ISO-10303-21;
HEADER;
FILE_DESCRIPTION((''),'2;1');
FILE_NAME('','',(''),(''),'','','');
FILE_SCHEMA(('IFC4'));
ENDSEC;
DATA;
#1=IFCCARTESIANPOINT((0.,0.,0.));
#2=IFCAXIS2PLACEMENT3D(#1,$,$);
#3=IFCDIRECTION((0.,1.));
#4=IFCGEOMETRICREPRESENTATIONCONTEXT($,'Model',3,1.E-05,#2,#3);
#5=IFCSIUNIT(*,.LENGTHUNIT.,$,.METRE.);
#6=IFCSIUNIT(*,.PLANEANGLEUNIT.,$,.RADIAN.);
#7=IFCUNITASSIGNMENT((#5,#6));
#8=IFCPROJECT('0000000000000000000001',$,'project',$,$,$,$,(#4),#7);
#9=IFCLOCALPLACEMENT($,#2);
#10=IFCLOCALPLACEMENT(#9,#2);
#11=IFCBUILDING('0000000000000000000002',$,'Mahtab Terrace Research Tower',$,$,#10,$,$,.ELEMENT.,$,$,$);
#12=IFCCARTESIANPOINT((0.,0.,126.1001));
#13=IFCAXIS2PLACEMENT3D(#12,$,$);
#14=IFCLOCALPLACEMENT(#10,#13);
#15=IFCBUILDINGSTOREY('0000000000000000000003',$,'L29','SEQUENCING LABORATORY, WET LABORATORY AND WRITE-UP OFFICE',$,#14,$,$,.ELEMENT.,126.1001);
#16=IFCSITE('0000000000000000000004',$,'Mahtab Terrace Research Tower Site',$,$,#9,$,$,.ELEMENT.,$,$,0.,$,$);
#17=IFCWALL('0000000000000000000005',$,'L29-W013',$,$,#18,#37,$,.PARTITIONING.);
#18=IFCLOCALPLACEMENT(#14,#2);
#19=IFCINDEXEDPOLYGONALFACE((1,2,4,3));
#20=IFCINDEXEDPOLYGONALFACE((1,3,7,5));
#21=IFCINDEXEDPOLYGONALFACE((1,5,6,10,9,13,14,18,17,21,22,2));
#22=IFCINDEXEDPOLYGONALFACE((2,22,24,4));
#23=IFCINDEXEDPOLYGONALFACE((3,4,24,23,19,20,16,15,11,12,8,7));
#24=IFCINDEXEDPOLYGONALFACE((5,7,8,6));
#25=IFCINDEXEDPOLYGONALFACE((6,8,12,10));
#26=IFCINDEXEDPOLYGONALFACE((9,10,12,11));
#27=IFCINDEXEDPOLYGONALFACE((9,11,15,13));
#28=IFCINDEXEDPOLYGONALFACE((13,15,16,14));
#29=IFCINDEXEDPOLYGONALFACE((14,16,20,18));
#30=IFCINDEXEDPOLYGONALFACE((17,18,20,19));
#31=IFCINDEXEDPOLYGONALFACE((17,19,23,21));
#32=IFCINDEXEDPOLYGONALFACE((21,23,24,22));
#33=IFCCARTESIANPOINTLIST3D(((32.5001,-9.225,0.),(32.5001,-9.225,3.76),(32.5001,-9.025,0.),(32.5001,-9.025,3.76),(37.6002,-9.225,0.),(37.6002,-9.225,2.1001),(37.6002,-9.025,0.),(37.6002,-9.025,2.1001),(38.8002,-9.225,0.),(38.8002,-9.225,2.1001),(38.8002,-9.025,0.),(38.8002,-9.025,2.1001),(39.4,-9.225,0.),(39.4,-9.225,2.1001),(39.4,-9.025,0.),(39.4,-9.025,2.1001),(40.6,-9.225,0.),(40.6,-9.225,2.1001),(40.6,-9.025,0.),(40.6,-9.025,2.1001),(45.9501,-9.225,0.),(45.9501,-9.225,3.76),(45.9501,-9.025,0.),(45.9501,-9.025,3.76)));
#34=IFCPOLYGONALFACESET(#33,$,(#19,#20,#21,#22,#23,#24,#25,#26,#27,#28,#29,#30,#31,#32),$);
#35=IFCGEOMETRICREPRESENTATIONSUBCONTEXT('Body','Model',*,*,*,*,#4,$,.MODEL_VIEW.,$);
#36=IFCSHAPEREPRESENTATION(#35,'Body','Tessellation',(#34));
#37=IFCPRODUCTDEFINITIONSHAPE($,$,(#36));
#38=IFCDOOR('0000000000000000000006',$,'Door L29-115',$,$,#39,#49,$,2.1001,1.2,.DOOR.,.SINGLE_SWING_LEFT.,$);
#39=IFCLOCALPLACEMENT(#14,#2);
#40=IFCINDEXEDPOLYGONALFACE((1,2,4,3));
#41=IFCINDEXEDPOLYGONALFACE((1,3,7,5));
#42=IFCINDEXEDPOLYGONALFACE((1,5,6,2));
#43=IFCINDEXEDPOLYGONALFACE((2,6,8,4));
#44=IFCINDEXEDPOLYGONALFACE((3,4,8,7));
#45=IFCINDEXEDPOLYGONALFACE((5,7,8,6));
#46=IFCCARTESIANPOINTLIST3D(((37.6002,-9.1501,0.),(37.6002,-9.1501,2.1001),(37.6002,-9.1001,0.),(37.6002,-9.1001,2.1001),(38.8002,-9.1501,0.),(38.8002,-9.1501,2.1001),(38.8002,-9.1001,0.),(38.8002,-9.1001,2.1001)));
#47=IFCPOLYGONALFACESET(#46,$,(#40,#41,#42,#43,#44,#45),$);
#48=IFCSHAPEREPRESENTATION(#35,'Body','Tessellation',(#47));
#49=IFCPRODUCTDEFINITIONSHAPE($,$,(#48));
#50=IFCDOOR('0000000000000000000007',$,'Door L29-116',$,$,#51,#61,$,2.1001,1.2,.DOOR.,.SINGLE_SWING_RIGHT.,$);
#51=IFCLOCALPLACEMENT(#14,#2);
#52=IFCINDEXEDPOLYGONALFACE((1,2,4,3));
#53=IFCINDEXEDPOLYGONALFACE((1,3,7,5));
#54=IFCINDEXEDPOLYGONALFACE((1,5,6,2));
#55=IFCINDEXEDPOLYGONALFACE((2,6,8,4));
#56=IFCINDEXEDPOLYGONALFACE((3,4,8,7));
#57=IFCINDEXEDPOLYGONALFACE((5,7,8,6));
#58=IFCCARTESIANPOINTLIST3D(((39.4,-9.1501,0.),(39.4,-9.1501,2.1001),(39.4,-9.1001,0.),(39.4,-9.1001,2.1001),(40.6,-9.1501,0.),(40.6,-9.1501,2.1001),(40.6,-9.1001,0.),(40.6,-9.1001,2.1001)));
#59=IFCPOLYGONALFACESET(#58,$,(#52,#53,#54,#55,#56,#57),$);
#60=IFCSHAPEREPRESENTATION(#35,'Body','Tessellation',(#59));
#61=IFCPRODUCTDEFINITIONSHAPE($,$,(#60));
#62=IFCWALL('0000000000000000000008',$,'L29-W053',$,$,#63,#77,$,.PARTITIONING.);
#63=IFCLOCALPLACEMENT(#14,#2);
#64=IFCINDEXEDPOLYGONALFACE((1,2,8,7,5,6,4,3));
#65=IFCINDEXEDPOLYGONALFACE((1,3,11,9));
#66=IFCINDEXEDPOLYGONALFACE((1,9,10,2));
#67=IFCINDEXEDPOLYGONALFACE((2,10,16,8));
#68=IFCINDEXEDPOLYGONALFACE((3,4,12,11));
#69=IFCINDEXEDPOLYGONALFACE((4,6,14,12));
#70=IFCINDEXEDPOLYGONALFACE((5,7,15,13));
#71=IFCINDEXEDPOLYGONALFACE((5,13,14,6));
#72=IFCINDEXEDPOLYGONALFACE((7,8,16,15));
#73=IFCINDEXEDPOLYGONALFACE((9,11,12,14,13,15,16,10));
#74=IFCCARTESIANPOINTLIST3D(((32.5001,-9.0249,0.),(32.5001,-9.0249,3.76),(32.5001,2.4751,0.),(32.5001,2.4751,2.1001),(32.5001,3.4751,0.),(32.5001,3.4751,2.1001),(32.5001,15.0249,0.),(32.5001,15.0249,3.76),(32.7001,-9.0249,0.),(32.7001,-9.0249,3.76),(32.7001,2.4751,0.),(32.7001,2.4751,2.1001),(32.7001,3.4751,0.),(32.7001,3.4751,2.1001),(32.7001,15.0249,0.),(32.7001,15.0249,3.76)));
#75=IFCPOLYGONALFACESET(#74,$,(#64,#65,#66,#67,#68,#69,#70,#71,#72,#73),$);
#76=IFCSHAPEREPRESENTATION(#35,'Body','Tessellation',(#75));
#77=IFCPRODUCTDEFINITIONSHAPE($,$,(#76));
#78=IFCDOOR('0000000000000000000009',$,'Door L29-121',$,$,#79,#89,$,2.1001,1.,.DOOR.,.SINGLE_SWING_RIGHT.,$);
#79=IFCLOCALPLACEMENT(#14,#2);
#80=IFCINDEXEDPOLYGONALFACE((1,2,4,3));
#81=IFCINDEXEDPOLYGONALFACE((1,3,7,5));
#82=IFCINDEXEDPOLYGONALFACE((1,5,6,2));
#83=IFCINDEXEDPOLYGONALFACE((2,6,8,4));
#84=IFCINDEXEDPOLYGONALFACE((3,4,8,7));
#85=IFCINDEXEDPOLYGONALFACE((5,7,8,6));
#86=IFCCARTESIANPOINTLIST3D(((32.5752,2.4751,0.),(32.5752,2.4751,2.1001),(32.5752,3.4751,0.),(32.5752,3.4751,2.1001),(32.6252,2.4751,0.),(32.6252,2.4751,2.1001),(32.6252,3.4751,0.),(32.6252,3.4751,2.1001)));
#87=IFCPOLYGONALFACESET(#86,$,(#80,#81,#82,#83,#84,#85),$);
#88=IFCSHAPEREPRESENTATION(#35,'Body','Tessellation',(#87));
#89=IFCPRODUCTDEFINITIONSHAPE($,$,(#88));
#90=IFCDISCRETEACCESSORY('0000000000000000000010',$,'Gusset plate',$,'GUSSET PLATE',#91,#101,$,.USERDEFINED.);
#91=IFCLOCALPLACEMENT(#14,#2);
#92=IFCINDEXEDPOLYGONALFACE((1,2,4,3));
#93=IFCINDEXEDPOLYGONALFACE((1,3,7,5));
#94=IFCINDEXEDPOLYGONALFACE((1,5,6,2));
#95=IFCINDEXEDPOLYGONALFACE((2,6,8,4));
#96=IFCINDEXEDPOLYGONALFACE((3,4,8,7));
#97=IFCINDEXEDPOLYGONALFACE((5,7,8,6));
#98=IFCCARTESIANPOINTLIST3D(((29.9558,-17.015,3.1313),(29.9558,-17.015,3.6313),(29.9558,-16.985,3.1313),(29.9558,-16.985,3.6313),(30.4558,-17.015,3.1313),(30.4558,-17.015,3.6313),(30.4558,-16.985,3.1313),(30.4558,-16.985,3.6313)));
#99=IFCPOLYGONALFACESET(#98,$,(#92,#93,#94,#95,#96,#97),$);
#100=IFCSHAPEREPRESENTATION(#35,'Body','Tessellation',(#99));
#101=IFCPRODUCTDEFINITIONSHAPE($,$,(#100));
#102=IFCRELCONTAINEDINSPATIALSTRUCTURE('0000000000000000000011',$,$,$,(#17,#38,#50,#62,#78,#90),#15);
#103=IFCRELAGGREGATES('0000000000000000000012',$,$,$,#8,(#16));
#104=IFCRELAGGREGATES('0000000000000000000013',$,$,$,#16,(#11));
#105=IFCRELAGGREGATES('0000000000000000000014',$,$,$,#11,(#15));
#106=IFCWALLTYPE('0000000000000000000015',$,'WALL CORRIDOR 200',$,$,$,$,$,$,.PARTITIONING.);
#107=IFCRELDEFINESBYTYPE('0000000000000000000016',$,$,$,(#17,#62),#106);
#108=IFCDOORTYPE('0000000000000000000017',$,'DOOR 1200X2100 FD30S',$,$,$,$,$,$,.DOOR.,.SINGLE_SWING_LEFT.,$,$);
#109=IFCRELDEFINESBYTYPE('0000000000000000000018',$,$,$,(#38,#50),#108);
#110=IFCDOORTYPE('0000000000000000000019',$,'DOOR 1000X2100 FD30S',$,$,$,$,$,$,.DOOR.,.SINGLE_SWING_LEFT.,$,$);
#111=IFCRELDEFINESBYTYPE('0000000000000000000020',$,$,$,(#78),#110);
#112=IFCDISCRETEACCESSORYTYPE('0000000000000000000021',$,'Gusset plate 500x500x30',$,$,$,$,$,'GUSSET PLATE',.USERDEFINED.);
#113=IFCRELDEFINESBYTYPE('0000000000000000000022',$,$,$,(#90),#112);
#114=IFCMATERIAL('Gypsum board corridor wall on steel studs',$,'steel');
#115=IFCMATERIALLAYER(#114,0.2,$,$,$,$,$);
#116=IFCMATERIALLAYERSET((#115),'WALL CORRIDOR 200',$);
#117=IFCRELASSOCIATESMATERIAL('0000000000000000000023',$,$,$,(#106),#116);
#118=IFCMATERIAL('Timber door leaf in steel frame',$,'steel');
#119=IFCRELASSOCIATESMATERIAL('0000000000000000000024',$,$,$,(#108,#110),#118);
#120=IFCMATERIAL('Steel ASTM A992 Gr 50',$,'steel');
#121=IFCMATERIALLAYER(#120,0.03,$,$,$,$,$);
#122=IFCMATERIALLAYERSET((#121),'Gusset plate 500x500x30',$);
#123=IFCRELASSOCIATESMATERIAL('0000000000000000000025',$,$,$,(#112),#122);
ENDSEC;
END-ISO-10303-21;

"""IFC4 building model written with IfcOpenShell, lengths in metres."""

from ifc_helpers import new_model, si_unit, direction, frame, frame_2d, origin, origin_2d, place, context, subcontext, project, spatial, rectangle, extrude, material, layer, layer_set, type_object, element, fill, save


model = new_model("IFC4")

# Units and contexts
model_context = context("Model", 3, precision=1e-05, world=origin(), true_north=direction((0.0, 1.0)))
body_context = subcontext(model_context, "Body", "Model", "MODEL_VIEW")
ifc_project = project(units=[si_unit("LENGTHUNIT", "METRE"), si_unit("PLANEANGLEUNIT", "RADIAN")], contexts=[model_context])

# Site, building, storey
site_placement = place(None, origin())
site = spatial("IfcSite", under=ifc_project, at=site_placement, Name="Mahtab Terrace Research Tower Site", CompositionType="ELEMENT", RefElevation=0.0)
building_placement = place(site_placement, origin())
building = spatial("IfcBuilding", under=site, at=building_placement, Name="Mahtab Terrace Research Tower", CompositionType="ELEMENT")
storey_placement = place(building_placement, frame((0.0, 0.0, 126.1001)))
storey = spatial("IfcBuildingStorey", under=building, at=storey_placement, Name="L29", Description="SEQUENCING LABORATORY, WET LABORATORY AND WRITE-UP OFFICE", CompositionType="ELEMENT", Elevation=126.1001)

# Shared definitions
ifc_material_1 = material(Name="Steel ASTM A992 Gr 50", Category="steel")

# Shared definitions
ifc_material_2 = material(Name="Gypsum board corridor wall on steel studs", Category="steel")
ifc_layer_1 = layer(ifc_material_2, 0.2)
ifc_layer_set_1 = layer_set([ifc_layer_1], Name="WALL CORRIDOR 200")
wall_type_1 = type_object("IfcWallType", Name="WALL CORRIDOR 200", PredefinedType="PARTITIONING", material=ifc_layer_set_1)
ifc_material_3 = material(Name="Timber door leaf in steel frame", Category="steel")

# Wall, openings, doors
wall_1_placement = place(storey_placement, frame((32.5, -9.125, 0.0), z_axis=(0.0, 0.0, 1.0), x_axis=(1.0, 0.0, 0.0)))
wall_1 = element("IfcWall", 1, at=wall_1_placement, inside=storey, type_object=wall_type_1, Name="L29-W013", PredefinedType="PARTITIONING", context=body_context, shape_type="SweptSolid", body=[
    extrude(rectangle(XDim=13.45, YDim=0.2, at=frame_2d((6.7251, 0.0))), origin(), (0.0, 0.0, 1.0), 3.76),
])
opening_1_placement = place(wall_1_placement, frame((5.1001, 0.0, 0.0)))
opening_1 = element("IfcOpeningElement", 2, at=opening_1_placement, cuts=wall_1, PredefinedType="OPENING", context=body_context, shape_type="SweptSolid", body=[
    extrude(rectangle(XDim=1.2, YDim=2.1001, at=frame_2d((0.6001, 1.05))), frame((0.0, 0.1099, 0.0), z_axis=(0.0, -1.0, 0.0), x_axis=(1.0, 0.0, 0.0)), (0.0, 0.0, 1.0), 0.22),
])
opening_2_placement = place(wall_1_placement, frame((6.8999, 0.0, 0.0)))
opening_2 = element("IfcOpeningElement", 3, at=opening_2_placement, cuts=wall_1, PredefinedType="OPENING", context=body_context, shape_type="SweptSolid", body=[
    extrude(rectangle(XDim=1.2, YDim=2.1001, at=frame_2d((0.6001, 1.05))), frame((0.0, 0.1099, 0.0), z_axis=(0.0, -1.0, 0.0), x_axis=(1.0, 0.0, 0.0)), (0.0, 0.0, 1.0), 0.22),
])
door_type_1 = type_object("IfcDoorType", Name="DOOR 1200X2100 FD30S", OperationType="SINGLE_SWING_LEFT", PredefinedType="DOOR", material=ifc_material_3)
door_1_placement = place(opening_1_placement, origin())
door_1 = element("IfcDoor", 4, at=door_1_placement, inside=storey, type_object=door_type_1, Name="Door L29-115", OperationType="SINGLE_SWING_LEFT", OverallHeight=2.1001, OverallWidth=1.2, PredefinedType="DOOR", context=body_context, shape_type="SweptSolid", body=[
    extrude(rectangle(XDim=1.2, YDim=2.1001, at=frame_2d((0.6001, 1.05))), frame((0.0, 0.0249, 0.0), z_axis=(0.0, -1.0, 0.0), x_axis=(1.0, 0.0, 0.0)), (0.0, 0.0, 1.0), 0.05),
])
fill(opening_1, door_1)
door_2_placement = place(opening_2_placement, origin())
door_2 = element("IfcDoor", 5, at=door_2_placement, inside=storey, type_object=door_type_1, Name="Door L29-116", OperationType="SINGLE_SWING_RIGHT", OverallHeight=2.1001, OverallWidth=1.2, PredefinedType="DOOR", context=body_context, shape_type="SweptSolid", body=[
    extrude(rectangle(XDim=1.2, YDim=2.1001, at=frame_2d((0.6001, 1.05))), frame((0.0, 0.0249, 0.0), z_axis=(0.0, -1.0, 0.0), x_axis=(1.0, 0.0, 0.0)), (0.0, 0.0, 1.0), 0.05),
])
fill(opening_2, door_2)

# Wall, opening, door
wall_2_placement = place(storey_placement, frame((32.6001, -9.0249, 0.0), z_axis=(0.0, 0.0, 1.0), x_axis=(0.0, 1.0, 0.0)))
wall_2 = element("IfcWall", 6, at=wall_2_placement, inside=storey, type_object=wall_type_1, Name="L29-W053", PredefinedType="PARTITIONING", context=body_context, shape_type="SweptSolid", body=[
    extrude(rectangle(XDim=24.0498, YDim=0.2, at=frame_2d((12.0249, 0.0))), origin(), (0.0, 0.0, 1.0), 3.76),
])
opening_3_placement = place(wall_2_placement, frame((11.5, 0.0, 0.0)))
opening_3 = element("IfcOpeningElement", 7, at=opening_3_placement, cuts=wall_2, PredefinedType="OPENING", context=body_context, shape_type="SweptSolid", body=[
    extrude(rectangle(XDim=1.0, YDim=2.1001, at=frame_2d((0.5, 1.05))), frame((0.0, 0.1099, 0.0), z_axis=(0.0, -1.0, 0.0), x_axis=(1.0, 0.0, 0.0)), (0.0, 0.0, 1.0), 0.22),
])
door_type_2 = type_object("IfcDoorType", Name="DOOR 1000X2100 FD30S", OperationType="SINGLE_SWING_LEFT", PredefinedType="DOOR", material=ifc_material_3)
door_3_placement = place(opening_3_placement, origin())
door_3 = element("IfcDoor", 8, at=door_3_placement, inside=storey, type_object=door_type_2, Name="Door L29-121", OperationType="SINGLE_SWING_RIGHT", OverallHeight=2.1001, OverallWidth=1.0, PredefinedType="DOOR", context=body_context, shape_type="SweptSolid", body=[
    extrude(rectangle(XDim=1.0, YDim=2.1001, at=frame_2d((0.5, 1.05))), frame((0.0, 0.0249, 0.0), z_axis=(0.0, -1.0, 0.0), x_axis=(1.0, 0.0, 0.0)), (0.0, 0.0, 1.0), 0.05),
])
fill(opening_3, door_3)

# Discrete accessory
ifc_layer_2 = layer(ifc_material_1, 0.03)
ifc_layer_set_2 = layer_set([ifc_layer_2], Name="Gusset plate 500x500x30")
discrete_accessory_type = type_object("IfcDiscreteAccessoryType", Name="Gusset plate 500x500x30", ElementType="GUSSET PLATE", PredefinedType="USERDEFINED", material=ifc_layer_set_2)
discrete_accessory_placement = place(storey_placement, frame((30.2058, -17.0, 3.1313), z_axis=(0.0, 0.0, 1.0), x_axis=(1.0, 0.0, 0.0)))
element("IfcDiscreteAccessory", 9, at=discrete_accessory_placement, inside=storey, type_object=discrete_accessory_type, Name="Gusset plate", ObjectType="GUSSET PLATE", PredefinedType="USERDEFINED", context=body_context, shape_type="SweptSolid", body=[
    extrude(rectangle(XDim=0.5, YDim=0.03, at=origin_2d()), origin(), (0.0, 0.0, 1.0), 0.5),
])

save(model, "model.ifc")
